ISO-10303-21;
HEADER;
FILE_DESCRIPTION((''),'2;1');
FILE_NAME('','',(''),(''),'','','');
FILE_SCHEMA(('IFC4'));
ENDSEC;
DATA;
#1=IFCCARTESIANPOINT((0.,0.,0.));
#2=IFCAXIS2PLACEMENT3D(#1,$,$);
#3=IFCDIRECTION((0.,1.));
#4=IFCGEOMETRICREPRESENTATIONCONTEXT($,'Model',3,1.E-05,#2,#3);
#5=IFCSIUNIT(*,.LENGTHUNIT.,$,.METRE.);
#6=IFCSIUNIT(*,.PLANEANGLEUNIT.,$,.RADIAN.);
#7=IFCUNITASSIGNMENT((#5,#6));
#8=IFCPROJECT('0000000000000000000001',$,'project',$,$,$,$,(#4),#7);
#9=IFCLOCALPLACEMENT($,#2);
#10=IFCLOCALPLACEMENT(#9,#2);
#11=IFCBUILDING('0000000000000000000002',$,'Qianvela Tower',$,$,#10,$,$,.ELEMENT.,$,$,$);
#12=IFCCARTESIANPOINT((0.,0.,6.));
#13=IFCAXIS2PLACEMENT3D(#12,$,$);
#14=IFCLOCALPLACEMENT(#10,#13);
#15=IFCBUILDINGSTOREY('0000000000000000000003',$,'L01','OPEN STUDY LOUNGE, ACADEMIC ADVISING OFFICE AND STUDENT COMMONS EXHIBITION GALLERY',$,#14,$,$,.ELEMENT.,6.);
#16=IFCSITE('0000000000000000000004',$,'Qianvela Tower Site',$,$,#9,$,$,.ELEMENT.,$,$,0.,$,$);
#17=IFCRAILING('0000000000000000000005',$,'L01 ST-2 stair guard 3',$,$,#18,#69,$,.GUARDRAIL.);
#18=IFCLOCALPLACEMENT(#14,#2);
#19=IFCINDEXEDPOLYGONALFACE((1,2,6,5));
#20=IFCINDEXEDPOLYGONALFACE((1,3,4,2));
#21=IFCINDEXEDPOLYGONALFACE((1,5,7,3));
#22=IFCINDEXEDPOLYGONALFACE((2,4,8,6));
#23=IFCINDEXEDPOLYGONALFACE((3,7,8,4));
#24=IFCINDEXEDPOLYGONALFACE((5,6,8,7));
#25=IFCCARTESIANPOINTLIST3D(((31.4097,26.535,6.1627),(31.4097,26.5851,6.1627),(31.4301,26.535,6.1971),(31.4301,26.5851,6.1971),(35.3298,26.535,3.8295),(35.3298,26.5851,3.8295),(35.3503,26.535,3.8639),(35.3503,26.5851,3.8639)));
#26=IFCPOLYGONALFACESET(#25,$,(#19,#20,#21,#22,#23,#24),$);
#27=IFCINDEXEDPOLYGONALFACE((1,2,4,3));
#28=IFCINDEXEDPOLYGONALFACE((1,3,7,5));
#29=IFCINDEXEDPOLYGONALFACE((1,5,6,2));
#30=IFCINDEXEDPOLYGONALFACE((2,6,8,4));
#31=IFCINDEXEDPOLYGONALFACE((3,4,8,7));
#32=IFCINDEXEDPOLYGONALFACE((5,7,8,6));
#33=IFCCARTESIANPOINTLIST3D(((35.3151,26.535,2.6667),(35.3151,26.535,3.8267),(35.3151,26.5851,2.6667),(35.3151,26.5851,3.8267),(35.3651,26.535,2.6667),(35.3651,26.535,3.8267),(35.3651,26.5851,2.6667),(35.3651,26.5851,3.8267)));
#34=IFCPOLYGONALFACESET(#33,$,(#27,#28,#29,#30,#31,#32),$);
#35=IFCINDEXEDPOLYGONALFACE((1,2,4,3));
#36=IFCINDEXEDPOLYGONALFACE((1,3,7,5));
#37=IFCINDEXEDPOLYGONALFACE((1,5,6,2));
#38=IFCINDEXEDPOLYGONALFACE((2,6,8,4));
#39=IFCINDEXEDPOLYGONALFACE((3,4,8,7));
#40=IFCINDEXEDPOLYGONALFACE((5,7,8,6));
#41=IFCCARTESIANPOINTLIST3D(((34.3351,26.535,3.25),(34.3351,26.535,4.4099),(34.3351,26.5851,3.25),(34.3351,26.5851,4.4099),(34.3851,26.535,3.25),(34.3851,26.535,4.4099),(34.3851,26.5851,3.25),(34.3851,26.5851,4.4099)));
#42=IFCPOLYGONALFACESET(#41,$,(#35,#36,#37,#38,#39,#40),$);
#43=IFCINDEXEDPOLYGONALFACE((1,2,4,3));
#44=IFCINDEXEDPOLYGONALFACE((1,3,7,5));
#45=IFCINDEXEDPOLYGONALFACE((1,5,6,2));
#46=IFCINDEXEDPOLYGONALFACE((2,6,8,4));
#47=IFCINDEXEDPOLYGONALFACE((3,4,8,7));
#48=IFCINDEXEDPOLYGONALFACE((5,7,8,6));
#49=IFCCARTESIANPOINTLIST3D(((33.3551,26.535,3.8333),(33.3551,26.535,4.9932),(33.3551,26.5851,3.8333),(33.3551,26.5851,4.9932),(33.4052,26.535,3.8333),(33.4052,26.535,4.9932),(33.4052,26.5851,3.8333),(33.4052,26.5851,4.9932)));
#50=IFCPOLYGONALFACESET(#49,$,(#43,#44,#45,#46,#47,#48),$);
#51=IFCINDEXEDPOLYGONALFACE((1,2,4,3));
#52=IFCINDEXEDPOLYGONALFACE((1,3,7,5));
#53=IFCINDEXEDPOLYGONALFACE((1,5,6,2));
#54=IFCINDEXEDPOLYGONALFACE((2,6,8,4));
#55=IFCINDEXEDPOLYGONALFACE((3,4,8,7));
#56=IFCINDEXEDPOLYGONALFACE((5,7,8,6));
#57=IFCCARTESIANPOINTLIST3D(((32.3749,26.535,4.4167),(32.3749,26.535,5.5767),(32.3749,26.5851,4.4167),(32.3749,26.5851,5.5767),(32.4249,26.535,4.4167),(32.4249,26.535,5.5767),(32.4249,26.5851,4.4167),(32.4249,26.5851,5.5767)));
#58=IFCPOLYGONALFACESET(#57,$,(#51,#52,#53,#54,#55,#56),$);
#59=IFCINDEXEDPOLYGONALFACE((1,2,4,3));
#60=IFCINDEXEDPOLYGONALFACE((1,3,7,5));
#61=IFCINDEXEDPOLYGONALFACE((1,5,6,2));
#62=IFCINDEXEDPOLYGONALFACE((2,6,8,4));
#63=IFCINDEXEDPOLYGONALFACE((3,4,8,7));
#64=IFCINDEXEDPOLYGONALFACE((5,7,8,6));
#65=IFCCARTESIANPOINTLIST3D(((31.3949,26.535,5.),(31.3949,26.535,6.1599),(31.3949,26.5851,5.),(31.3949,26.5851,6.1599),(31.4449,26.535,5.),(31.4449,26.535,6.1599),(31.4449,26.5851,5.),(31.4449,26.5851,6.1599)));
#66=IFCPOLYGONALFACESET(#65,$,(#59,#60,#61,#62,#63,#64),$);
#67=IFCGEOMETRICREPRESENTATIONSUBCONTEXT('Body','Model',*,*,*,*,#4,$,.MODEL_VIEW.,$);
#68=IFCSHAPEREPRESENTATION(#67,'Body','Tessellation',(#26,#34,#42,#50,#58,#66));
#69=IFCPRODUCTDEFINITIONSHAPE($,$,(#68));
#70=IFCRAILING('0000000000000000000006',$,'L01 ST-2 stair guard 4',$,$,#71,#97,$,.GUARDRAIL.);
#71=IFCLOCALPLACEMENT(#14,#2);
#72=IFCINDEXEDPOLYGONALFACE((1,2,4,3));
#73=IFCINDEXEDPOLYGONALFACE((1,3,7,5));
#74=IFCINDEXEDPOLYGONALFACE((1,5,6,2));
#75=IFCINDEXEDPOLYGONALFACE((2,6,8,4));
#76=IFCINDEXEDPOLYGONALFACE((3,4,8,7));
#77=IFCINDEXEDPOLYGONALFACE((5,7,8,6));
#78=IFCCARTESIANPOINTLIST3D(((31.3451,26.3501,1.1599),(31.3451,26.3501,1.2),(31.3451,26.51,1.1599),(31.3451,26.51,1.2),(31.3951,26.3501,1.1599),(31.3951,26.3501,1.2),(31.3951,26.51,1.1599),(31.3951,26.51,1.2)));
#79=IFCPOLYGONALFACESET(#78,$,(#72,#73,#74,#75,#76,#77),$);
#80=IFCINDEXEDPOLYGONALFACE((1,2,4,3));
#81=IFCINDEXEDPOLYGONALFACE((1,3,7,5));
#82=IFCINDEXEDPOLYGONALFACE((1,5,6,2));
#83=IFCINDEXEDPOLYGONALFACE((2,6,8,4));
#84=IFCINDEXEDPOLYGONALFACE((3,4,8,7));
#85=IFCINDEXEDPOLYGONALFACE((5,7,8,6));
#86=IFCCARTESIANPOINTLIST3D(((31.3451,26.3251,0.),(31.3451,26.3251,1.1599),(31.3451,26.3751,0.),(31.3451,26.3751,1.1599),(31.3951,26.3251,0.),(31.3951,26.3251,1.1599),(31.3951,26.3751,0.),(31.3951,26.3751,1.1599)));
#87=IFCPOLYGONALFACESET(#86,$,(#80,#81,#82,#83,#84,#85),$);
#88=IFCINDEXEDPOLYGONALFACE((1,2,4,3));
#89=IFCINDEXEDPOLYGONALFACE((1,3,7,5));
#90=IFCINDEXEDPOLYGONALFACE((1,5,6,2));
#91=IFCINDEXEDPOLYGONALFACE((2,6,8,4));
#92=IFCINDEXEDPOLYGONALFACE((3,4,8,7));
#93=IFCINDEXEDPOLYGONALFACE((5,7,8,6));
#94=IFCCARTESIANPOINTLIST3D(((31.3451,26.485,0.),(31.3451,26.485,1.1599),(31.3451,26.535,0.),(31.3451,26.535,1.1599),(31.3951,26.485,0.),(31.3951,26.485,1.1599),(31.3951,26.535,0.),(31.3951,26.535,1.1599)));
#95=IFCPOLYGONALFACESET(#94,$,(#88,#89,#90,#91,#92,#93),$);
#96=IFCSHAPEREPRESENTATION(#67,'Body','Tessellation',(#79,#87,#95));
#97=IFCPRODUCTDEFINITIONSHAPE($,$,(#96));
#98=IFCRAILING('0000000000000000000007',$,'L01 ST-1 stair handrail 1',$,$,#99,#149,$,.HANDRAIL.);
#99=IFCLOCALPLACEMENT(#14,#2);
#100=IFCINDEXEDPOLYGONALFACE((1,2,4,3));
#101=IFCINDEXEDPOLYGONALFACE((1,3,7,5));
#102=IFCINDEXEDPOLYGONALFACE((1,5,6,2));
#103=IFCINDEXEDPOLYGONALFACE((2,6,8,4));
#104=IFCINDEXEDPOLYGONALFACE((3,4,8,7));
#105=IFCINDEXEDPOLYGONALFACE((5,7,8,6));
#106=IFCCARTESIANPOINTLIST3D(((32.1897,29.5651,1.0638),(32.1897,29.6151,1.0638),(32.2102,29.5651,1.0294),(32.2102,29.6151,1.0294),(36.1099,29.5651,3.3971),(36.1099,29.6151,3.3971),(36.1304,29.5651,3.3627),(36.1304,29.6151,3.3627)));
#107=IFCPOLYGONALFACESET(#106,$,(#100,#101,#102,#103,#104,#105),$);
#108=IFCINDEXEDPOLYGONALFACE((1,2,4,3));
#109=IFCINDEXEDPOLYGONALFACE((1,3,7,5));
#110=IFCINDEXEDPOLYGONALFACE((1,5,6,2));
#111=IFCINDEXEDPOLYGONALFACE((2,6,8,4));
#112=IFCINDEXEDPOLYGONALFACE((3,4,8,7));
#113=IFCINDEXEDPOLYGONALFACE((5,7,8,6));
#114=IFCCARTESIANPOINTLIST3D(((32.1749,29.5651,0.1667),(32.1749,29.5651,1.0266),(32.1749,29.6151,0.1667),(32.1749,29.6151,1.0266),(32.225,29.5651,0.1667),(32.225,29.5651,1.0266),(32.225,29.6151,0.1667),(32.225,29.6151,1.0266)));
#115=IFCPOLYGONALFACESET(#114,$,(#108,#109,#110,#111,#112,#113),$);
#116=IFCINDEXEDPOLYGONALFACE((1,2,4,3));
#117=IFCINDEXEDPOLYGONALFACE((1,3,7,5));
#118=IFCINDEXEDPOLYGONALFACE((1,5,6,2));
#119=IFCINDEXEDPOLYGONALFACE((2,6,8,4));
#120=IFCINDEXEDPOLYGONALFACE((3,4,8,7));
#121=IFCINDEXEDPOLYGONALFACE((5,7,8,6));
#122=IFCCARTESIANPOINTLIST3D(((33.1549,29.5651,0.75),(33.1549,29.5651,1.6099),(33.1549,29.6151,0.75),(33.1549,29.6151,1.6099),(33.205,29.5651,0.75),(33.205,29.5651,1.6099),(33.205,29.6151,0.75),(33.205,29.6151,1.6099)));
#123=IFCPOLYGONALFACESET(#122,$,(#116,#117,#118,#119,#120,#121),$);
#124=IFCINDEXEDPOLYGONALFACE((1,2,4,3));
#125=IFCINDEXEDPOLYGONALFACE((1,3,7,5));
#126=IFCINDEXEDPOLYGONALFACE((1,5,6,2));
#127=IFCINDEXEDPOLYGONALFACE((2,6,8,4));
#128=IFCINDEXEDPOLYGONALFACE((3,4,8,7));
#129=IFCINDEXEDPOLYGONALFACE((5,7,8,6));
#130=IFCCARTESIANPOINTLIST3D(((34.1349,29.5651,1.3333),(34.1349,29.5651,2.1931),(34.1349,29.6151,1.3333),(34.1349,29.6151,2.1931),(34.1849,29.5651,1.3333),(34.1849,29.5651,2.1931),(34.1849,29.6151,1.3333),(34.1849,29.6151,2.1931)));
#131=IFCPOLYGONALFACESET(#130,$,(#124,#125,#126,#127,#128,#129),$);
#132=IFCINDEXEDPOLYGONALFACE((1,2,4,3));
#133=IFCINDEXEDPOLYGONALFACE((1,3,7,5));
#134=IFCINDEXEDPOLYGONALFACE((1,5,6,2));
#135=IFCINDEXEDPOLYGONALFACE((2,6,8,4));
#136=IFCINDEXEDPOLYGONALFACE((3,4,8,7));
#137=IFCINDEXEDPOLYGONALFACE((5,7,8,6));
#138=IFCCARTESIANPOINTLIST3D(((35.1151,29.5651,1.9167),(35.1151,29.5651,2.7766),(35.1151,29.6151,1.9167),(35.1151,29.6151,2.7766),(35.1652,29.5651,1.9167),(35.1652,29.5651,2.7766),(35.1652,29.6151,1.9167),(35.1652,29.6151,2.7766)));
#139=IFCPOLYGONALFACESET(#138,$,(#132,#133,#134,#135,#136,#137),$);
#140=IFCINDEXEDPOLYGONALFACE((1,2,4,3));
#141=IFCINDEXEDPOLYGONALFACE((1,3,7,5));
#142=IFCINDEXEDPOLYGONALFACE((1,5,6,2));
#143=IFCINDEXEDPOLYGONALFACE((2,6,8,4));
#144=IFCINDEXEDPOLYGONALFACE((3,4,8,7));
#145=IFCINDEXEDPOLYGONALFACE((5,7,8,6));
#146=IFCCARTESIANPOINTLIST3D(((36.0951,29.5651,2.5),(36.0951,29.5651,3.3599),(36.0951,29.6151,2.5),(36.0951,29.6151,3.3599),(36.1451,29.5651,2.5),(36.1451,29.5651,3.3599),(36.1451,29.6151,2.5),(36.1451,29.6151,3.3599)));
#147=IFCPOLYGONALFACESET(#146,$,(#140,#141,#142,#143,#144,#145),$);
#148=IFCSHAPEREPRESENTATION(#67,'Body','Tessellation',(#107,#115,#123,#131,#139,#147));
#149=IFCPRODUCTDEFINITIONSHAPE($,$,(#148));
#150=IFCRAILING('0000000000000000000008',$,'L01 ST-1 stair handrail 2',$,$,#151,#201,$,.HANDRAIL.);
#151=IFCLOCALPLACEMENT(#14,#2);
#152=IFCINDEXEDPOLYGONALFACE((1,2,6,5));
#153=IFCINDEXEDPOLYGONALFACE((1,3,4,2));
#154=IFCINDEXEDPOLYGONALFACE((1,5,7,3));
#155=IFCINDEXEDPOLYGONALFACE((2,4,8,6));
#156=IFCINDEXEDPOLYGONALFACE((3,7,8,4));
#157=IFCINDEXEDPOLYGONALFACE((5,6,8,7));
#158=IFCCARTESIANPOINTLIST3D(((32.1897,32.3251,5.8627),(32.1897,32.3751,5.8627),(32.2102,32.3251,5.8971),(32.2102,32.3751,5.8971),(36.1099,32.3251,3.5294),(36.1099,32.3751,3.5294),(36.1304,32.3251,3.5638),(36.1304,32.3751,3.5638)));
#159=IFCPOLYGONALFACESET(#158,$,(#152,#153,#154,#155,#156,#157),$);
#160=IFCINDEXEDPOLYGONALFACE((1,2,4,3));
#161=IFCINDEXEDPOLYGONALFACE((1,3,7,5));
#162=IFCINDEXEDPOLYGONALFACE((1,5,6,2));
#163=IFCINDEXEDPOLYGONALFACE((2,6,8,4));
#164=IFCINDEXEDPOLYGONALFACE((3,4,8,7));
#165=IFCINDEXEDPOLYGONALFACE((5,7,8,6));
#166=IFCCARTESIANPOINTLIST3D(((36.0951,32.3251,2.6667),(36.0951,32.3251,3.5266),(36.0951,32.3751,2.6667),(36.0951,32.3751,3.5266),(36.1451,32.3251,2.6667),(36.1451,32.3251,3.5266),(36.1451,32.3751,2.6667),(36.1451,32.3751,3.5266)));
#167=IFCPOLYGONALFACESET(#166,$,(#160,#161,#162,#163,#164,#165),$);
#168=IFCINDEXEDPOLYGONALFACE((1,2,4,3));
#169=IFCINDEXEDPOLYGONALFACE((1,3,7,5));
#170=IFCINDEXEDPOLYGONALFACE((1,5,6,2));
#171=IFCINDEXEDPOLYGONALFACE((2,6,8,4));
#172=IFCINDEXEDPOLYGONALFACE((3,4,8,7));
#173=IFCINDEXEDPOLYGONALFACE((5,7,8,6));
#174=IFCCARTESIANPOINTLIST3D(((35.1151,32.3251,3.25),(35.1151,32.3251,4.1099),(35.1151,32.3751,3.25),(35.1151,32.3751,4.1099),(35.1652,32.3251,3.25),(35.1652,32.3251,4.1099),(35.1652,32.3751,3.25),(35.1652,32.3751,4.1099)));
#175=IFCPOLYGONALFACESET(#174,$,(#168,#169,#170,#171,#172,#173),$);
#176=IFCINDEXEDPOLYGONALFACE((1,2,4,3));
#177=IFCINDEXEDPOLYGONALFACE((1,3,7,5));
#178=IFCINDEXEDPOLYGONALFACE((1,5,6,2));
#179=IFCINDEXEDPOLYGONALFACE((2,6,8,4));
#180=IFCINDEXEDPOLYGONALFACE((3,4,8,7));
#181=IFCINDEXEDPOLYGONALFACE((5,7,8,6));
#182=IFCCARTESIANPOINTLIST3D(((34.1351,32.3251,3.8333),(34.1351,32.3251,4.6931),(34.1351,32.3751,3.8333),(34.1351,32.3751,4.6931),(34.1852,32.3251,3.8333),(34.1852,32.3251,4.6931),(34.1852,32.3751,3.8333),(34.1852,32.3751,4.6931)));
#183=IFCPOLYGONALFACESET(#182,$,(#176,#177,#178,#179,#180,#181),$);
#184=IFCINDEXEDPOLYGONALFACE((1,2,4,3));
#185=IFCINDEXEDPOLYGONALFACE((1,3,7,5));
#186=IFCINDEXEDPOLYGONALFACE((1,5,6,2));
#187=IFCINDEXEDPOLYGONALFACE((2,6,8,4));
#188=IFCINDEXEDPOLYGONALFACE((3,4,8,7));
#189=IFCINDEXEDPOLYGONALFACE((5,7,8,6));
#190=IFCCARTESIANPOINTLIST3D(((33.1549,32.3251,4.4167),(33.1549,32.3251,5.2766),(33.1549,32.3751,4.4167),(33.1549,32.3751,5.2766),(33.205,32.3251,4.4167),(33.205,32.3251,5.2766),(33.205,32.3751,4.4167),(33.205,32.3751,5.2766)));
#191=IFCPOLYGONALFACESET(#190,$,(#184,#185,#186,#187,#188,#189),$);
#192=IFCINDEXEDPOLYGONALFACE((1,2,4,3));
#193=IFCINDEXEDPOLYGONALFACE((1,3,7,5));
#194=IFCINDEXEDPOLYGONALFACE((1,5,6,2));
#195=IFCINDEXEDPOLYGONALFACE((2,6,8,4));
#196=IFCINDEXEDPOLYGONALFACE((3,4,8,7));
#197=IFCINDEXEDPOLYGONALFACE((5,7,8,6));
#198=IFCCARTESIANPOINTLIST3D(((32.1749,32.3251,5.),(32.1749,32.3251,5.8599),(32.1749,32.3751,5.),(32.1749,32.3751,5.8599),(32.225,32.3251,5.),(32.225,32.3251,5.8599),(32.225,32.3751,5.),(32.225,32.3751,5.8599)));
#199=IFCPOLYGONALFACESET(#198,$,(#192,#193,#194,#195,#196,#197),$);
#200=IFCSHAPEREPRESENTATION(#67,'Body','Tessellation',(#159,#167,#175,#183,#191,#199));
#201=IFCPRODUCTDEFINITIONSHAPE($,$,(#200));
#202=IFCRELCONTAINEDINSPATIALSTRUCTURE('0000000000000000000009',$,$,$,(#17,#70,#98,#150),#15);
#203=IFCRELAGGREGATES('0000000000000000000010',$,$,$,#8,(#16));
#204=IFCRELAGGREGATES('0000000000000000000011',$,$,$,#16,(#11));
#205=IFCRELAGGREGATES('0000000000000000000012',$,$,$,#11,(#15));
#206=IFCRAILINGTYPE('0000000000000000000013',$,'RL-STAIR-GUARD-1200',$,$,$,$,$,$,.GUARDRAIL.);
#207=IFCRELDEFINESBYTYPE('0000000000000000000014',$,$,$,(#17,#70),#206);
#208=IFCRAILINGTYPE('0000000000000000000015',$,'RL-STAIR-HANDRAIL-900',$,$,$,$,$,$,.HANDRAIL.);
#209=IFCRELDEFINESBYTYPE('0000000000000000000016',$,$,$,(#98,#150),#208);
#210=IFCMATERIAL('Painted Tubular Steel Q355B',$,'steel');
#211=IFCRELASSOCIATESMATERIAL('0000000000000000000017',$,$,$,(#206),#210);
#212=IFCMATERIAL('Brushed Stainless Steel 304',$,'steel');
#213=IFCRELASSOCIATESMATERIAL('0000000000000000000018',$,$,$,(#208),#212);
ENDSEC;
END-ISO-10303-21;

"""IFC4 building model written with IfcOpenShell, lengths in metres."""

from ifc_helpers import new_model, si_unit, direction, frame, origin, origin_2d, place, context, subcontext, project, spatial, rectangle, extrude, material, type_object, element, save


model = new_model("IFC4")

# Units and contexts
model_context = context("Model", 3, precision=1e-05, world=origin(), true_north=direction((0.0, 1.0)))
body_context = subcontext(model_context, "Body", "Model", "MODEL_VIEW")
ifc_project = project(units=[si_unit("LENGTHUNIT", "METRE"), si_unit("PLANEANGLEUNIT", "RADIAN")], contexts=[model_context])

# Site, building, storey
site_placement = place(None, origin())
site = spatial("IfcSite", under=ifc_project, at=site_placement, Name="Qianvela Tower Site", CompositionType="ELEMENT", RefElevation=0.0)
building_placement = place(site_placement, origin())
building = spatial("IfcBuilding", under=site, at=building_placement, Name="Qianvela Tower", CompositionType="ELEMENT")
storey_placement = place(building_placement, frame((0.0, 0.0, 6.0)))
storey = spatial("IfcBuildingStorey", under=building, at=storey_placement, Name="L01", Description="OPEN STUDY LOUNGE, ACADEMIC ADVISING OFFICE AND STUDENT COMMONS EXHIBITION GALLERY", CompositionType="ELEMENT", Elevation=6.0)

# Railings
ifc_material_1 = material(Name="Painted Tubular Steel Q355B", Category="steel")
railing_type_1 = type_object("IfcRailingType", Name="RL-STAIR-GUARD-1200", PredefinedType="GUARDRAIL", material=ifc_material_1)
railing_1_placement = place(storey_placement, frame((35.3401, 26.5601, 2.6667)))
element("IfcRailing", 1, at=railing_1_placement, inside=storey, type_object=railing_type_1, Name="L01 ST-2 stair guard 3", PredefinedType="GUARDRAIL", context=body_context, shape_type="SweptSolid", body=[
    extrude(rectangle(XDim=0.05, YDim=0.04, at=origin_2d()), frame((0.0, 0.0, 1.1799), z_axis=(-0.85931, 0.0, 0.511455), x_axis=(0.0, -1.0, 0.0)), (0.0, 0.0, 1.0), 4.562),
    extrude(rectangle(XDim=0.05, YDim=0.05, at=origin_2d()), origin(), (0.0, 0.0, 1.0), 1.1599),
    extrude(rectangle(XDim=0.05, YDim=0.05, at=origin_2d()), frame((-0.98, 0.0, 0.5833)), (0.0, 0.0, 1.0), 1.1599),
    extrude(rectangle(XDim=0.05, YDim=0.05, at=origin_2d()), frame((-1.96, 0.0, 1.1665)), (0.0, 0.0, 1.0), 1.1599),
    extrude(rectangle(XDim=0.05, YDim=0.05, at=origin_2d()), frame((-2.9402, 0.0, 1.75)), (0.0, 0.0, 1.0), 1.1599),
    extrude(rectangle(XDim=0.05, YDim=0.05, at=origin_2d()), frame((-3.9202, 0.0, 2.3333)), (0.0, 0.0, 1.0), 1.1599),
])
railing_2_placement = place(storey_placement, frame((31.3701, 26.3501, 0.0)))
element("IfcRailing", 2, at=railing_2_placement, inside=storey, type_object=railing_type_1, Name="L01 ST-2 stair guard 4", PredefinedType="GUARDRAIL", context=body_context, shape_type="SweptSolid", body=[
    extrude(rectangle(XDim=0.05, YDim=0.04, at=origin_2d()), frame((0.0, 0.0, 1.1799), z_axis=(0.0, 1.0, 0.0), x_axis=(-1.0, 0.0, 0.0)), (0.0, 0.0, 1.0), 0.1599),
    extrude(rectangle(XDim=0.05, YDim=0.05, at=origin_2d()), origin(), (0.0, 0.0, 1.0), 1.1599),
    extrude(rectangle(XDim=0.05, YDim=0.05, at=origin_2d()), frame((0.0, 0.1599, 0.0)), (0.0, 0.0, 1.0), 1.1599),
])
ifc_material_2 = material(Name="Brushed Stainless Steel 304", Category="steel")
railing_type_2 = type_object("IfcRailingType", Name="RL-STAIR-HANDRAIL-900", PredefinedType="HANDRAIL", material=ifc_material_2)
railing_3_placement = place(storey_placement, frame((32.2, 29.5901, 0.1667)))
element("IfcRailing", 3, at=railing_3_placement, inside=storey, type_object=railing_type_2, Name="L01 ST-1 stair handrail 1", PredefinedType="HANDRAIL", context=body_context, shape_type="SweptSolid", body=[
    extrude(rectangle(XDim=0.05, YDim=0.04, at=origin_2d()), frame((0.0, 0.0, 0.8799), z_axis=(0.85931, 0.0, 0.511455), x_axis=(0.0, 1.0, 0.0)), (0.0, 0.0, 1.0), 4.562),
    extrude(rectangle(XDim=0.05, YDim=0.05, at=origin_2d()), origin(), (0.0, 0.0, 1.0), 0.8599),
    extrude(rectangle(XDim=0.05, YDim=0.05, at=origin_2d()), frame((0.98, 0.0, 0.5833)), (0.0, 0.0, 1.0), 0.8599),
    extrude(rectangle(XDim=0.05, YDim=0.05, at=origin_2d()), frame((1.96, 0.0, 1.1665)), (0.0, 0.0, 1.0), 0.8599),
    extrude(rectangle(XDim=0.05, YDim=0.05, at=origin_2d()), frame((2.9402, 0.0, 1.75)), (0.0, 0.0, 1.0), 0.8599),
    extrude(rectangle(XDim=0.05, YDim=0.05, at=origin_2d()), frame((3.9202, 0.0, 2.3333)), (0.0, 0.0, 1.0), 0.8599),
])
for number, where, name in (
    (4, (36.1201, 32.3501, 2.6667), "L01 ST-1 stair handrail 2"),
):
    element("IfcRailing", number, at=place(storey_placement, frame(where)), inside=storey, type_object=railing_type_2, Name=name, PredefinedType="HANDRAIL", context=body_context, shape_type="SweptSolid", body=[
        extrude(rectangle(XDim=0.05, YDim=0.04, at=origin_2d()), frame((0.0, 0.0, 0.8799), z_axis=(-0.85931, 0.0, 0.511455), x_axis=(0.0, -1.0, 0.0)), (0.0, 0.0, 1.0), 4.562),
        extrude(rectangle(XDim=0.05, YDim=0.05, at=origin_2d()), origin(), (0.0, 0.0, 1.0), 0.8599),
        extrude(rectangle(XDim=0.05, YDim=0.05, at=origin_2d()), frame((-0.98, 0.0, 0.5833)), (0.0, 0.0, 1.0), 0.8599),
        extrude(rectangle(XDim=0.05, YDim=0.05, at=origin_2d()), frame((-1.96, 0.0, 1.1665)), (0.0, 0.0, 1.0), 0.8599),
        extrude(rectangle(XDim=0.05, YDim=0.05, at=origin_2d()), frame((-2.9402, 0.0, 1.75)), (0.0, 0.0, 1.0), 0.8599),
        extrude(rectangle(XDim=0.05, YDim=0.05, at=origin_2d()), frame((-3.9202, 0.0, 2.3333)), (0.0, 0.0, 1.0), 0.8599),
    ])

save(model, "model.ifc")
